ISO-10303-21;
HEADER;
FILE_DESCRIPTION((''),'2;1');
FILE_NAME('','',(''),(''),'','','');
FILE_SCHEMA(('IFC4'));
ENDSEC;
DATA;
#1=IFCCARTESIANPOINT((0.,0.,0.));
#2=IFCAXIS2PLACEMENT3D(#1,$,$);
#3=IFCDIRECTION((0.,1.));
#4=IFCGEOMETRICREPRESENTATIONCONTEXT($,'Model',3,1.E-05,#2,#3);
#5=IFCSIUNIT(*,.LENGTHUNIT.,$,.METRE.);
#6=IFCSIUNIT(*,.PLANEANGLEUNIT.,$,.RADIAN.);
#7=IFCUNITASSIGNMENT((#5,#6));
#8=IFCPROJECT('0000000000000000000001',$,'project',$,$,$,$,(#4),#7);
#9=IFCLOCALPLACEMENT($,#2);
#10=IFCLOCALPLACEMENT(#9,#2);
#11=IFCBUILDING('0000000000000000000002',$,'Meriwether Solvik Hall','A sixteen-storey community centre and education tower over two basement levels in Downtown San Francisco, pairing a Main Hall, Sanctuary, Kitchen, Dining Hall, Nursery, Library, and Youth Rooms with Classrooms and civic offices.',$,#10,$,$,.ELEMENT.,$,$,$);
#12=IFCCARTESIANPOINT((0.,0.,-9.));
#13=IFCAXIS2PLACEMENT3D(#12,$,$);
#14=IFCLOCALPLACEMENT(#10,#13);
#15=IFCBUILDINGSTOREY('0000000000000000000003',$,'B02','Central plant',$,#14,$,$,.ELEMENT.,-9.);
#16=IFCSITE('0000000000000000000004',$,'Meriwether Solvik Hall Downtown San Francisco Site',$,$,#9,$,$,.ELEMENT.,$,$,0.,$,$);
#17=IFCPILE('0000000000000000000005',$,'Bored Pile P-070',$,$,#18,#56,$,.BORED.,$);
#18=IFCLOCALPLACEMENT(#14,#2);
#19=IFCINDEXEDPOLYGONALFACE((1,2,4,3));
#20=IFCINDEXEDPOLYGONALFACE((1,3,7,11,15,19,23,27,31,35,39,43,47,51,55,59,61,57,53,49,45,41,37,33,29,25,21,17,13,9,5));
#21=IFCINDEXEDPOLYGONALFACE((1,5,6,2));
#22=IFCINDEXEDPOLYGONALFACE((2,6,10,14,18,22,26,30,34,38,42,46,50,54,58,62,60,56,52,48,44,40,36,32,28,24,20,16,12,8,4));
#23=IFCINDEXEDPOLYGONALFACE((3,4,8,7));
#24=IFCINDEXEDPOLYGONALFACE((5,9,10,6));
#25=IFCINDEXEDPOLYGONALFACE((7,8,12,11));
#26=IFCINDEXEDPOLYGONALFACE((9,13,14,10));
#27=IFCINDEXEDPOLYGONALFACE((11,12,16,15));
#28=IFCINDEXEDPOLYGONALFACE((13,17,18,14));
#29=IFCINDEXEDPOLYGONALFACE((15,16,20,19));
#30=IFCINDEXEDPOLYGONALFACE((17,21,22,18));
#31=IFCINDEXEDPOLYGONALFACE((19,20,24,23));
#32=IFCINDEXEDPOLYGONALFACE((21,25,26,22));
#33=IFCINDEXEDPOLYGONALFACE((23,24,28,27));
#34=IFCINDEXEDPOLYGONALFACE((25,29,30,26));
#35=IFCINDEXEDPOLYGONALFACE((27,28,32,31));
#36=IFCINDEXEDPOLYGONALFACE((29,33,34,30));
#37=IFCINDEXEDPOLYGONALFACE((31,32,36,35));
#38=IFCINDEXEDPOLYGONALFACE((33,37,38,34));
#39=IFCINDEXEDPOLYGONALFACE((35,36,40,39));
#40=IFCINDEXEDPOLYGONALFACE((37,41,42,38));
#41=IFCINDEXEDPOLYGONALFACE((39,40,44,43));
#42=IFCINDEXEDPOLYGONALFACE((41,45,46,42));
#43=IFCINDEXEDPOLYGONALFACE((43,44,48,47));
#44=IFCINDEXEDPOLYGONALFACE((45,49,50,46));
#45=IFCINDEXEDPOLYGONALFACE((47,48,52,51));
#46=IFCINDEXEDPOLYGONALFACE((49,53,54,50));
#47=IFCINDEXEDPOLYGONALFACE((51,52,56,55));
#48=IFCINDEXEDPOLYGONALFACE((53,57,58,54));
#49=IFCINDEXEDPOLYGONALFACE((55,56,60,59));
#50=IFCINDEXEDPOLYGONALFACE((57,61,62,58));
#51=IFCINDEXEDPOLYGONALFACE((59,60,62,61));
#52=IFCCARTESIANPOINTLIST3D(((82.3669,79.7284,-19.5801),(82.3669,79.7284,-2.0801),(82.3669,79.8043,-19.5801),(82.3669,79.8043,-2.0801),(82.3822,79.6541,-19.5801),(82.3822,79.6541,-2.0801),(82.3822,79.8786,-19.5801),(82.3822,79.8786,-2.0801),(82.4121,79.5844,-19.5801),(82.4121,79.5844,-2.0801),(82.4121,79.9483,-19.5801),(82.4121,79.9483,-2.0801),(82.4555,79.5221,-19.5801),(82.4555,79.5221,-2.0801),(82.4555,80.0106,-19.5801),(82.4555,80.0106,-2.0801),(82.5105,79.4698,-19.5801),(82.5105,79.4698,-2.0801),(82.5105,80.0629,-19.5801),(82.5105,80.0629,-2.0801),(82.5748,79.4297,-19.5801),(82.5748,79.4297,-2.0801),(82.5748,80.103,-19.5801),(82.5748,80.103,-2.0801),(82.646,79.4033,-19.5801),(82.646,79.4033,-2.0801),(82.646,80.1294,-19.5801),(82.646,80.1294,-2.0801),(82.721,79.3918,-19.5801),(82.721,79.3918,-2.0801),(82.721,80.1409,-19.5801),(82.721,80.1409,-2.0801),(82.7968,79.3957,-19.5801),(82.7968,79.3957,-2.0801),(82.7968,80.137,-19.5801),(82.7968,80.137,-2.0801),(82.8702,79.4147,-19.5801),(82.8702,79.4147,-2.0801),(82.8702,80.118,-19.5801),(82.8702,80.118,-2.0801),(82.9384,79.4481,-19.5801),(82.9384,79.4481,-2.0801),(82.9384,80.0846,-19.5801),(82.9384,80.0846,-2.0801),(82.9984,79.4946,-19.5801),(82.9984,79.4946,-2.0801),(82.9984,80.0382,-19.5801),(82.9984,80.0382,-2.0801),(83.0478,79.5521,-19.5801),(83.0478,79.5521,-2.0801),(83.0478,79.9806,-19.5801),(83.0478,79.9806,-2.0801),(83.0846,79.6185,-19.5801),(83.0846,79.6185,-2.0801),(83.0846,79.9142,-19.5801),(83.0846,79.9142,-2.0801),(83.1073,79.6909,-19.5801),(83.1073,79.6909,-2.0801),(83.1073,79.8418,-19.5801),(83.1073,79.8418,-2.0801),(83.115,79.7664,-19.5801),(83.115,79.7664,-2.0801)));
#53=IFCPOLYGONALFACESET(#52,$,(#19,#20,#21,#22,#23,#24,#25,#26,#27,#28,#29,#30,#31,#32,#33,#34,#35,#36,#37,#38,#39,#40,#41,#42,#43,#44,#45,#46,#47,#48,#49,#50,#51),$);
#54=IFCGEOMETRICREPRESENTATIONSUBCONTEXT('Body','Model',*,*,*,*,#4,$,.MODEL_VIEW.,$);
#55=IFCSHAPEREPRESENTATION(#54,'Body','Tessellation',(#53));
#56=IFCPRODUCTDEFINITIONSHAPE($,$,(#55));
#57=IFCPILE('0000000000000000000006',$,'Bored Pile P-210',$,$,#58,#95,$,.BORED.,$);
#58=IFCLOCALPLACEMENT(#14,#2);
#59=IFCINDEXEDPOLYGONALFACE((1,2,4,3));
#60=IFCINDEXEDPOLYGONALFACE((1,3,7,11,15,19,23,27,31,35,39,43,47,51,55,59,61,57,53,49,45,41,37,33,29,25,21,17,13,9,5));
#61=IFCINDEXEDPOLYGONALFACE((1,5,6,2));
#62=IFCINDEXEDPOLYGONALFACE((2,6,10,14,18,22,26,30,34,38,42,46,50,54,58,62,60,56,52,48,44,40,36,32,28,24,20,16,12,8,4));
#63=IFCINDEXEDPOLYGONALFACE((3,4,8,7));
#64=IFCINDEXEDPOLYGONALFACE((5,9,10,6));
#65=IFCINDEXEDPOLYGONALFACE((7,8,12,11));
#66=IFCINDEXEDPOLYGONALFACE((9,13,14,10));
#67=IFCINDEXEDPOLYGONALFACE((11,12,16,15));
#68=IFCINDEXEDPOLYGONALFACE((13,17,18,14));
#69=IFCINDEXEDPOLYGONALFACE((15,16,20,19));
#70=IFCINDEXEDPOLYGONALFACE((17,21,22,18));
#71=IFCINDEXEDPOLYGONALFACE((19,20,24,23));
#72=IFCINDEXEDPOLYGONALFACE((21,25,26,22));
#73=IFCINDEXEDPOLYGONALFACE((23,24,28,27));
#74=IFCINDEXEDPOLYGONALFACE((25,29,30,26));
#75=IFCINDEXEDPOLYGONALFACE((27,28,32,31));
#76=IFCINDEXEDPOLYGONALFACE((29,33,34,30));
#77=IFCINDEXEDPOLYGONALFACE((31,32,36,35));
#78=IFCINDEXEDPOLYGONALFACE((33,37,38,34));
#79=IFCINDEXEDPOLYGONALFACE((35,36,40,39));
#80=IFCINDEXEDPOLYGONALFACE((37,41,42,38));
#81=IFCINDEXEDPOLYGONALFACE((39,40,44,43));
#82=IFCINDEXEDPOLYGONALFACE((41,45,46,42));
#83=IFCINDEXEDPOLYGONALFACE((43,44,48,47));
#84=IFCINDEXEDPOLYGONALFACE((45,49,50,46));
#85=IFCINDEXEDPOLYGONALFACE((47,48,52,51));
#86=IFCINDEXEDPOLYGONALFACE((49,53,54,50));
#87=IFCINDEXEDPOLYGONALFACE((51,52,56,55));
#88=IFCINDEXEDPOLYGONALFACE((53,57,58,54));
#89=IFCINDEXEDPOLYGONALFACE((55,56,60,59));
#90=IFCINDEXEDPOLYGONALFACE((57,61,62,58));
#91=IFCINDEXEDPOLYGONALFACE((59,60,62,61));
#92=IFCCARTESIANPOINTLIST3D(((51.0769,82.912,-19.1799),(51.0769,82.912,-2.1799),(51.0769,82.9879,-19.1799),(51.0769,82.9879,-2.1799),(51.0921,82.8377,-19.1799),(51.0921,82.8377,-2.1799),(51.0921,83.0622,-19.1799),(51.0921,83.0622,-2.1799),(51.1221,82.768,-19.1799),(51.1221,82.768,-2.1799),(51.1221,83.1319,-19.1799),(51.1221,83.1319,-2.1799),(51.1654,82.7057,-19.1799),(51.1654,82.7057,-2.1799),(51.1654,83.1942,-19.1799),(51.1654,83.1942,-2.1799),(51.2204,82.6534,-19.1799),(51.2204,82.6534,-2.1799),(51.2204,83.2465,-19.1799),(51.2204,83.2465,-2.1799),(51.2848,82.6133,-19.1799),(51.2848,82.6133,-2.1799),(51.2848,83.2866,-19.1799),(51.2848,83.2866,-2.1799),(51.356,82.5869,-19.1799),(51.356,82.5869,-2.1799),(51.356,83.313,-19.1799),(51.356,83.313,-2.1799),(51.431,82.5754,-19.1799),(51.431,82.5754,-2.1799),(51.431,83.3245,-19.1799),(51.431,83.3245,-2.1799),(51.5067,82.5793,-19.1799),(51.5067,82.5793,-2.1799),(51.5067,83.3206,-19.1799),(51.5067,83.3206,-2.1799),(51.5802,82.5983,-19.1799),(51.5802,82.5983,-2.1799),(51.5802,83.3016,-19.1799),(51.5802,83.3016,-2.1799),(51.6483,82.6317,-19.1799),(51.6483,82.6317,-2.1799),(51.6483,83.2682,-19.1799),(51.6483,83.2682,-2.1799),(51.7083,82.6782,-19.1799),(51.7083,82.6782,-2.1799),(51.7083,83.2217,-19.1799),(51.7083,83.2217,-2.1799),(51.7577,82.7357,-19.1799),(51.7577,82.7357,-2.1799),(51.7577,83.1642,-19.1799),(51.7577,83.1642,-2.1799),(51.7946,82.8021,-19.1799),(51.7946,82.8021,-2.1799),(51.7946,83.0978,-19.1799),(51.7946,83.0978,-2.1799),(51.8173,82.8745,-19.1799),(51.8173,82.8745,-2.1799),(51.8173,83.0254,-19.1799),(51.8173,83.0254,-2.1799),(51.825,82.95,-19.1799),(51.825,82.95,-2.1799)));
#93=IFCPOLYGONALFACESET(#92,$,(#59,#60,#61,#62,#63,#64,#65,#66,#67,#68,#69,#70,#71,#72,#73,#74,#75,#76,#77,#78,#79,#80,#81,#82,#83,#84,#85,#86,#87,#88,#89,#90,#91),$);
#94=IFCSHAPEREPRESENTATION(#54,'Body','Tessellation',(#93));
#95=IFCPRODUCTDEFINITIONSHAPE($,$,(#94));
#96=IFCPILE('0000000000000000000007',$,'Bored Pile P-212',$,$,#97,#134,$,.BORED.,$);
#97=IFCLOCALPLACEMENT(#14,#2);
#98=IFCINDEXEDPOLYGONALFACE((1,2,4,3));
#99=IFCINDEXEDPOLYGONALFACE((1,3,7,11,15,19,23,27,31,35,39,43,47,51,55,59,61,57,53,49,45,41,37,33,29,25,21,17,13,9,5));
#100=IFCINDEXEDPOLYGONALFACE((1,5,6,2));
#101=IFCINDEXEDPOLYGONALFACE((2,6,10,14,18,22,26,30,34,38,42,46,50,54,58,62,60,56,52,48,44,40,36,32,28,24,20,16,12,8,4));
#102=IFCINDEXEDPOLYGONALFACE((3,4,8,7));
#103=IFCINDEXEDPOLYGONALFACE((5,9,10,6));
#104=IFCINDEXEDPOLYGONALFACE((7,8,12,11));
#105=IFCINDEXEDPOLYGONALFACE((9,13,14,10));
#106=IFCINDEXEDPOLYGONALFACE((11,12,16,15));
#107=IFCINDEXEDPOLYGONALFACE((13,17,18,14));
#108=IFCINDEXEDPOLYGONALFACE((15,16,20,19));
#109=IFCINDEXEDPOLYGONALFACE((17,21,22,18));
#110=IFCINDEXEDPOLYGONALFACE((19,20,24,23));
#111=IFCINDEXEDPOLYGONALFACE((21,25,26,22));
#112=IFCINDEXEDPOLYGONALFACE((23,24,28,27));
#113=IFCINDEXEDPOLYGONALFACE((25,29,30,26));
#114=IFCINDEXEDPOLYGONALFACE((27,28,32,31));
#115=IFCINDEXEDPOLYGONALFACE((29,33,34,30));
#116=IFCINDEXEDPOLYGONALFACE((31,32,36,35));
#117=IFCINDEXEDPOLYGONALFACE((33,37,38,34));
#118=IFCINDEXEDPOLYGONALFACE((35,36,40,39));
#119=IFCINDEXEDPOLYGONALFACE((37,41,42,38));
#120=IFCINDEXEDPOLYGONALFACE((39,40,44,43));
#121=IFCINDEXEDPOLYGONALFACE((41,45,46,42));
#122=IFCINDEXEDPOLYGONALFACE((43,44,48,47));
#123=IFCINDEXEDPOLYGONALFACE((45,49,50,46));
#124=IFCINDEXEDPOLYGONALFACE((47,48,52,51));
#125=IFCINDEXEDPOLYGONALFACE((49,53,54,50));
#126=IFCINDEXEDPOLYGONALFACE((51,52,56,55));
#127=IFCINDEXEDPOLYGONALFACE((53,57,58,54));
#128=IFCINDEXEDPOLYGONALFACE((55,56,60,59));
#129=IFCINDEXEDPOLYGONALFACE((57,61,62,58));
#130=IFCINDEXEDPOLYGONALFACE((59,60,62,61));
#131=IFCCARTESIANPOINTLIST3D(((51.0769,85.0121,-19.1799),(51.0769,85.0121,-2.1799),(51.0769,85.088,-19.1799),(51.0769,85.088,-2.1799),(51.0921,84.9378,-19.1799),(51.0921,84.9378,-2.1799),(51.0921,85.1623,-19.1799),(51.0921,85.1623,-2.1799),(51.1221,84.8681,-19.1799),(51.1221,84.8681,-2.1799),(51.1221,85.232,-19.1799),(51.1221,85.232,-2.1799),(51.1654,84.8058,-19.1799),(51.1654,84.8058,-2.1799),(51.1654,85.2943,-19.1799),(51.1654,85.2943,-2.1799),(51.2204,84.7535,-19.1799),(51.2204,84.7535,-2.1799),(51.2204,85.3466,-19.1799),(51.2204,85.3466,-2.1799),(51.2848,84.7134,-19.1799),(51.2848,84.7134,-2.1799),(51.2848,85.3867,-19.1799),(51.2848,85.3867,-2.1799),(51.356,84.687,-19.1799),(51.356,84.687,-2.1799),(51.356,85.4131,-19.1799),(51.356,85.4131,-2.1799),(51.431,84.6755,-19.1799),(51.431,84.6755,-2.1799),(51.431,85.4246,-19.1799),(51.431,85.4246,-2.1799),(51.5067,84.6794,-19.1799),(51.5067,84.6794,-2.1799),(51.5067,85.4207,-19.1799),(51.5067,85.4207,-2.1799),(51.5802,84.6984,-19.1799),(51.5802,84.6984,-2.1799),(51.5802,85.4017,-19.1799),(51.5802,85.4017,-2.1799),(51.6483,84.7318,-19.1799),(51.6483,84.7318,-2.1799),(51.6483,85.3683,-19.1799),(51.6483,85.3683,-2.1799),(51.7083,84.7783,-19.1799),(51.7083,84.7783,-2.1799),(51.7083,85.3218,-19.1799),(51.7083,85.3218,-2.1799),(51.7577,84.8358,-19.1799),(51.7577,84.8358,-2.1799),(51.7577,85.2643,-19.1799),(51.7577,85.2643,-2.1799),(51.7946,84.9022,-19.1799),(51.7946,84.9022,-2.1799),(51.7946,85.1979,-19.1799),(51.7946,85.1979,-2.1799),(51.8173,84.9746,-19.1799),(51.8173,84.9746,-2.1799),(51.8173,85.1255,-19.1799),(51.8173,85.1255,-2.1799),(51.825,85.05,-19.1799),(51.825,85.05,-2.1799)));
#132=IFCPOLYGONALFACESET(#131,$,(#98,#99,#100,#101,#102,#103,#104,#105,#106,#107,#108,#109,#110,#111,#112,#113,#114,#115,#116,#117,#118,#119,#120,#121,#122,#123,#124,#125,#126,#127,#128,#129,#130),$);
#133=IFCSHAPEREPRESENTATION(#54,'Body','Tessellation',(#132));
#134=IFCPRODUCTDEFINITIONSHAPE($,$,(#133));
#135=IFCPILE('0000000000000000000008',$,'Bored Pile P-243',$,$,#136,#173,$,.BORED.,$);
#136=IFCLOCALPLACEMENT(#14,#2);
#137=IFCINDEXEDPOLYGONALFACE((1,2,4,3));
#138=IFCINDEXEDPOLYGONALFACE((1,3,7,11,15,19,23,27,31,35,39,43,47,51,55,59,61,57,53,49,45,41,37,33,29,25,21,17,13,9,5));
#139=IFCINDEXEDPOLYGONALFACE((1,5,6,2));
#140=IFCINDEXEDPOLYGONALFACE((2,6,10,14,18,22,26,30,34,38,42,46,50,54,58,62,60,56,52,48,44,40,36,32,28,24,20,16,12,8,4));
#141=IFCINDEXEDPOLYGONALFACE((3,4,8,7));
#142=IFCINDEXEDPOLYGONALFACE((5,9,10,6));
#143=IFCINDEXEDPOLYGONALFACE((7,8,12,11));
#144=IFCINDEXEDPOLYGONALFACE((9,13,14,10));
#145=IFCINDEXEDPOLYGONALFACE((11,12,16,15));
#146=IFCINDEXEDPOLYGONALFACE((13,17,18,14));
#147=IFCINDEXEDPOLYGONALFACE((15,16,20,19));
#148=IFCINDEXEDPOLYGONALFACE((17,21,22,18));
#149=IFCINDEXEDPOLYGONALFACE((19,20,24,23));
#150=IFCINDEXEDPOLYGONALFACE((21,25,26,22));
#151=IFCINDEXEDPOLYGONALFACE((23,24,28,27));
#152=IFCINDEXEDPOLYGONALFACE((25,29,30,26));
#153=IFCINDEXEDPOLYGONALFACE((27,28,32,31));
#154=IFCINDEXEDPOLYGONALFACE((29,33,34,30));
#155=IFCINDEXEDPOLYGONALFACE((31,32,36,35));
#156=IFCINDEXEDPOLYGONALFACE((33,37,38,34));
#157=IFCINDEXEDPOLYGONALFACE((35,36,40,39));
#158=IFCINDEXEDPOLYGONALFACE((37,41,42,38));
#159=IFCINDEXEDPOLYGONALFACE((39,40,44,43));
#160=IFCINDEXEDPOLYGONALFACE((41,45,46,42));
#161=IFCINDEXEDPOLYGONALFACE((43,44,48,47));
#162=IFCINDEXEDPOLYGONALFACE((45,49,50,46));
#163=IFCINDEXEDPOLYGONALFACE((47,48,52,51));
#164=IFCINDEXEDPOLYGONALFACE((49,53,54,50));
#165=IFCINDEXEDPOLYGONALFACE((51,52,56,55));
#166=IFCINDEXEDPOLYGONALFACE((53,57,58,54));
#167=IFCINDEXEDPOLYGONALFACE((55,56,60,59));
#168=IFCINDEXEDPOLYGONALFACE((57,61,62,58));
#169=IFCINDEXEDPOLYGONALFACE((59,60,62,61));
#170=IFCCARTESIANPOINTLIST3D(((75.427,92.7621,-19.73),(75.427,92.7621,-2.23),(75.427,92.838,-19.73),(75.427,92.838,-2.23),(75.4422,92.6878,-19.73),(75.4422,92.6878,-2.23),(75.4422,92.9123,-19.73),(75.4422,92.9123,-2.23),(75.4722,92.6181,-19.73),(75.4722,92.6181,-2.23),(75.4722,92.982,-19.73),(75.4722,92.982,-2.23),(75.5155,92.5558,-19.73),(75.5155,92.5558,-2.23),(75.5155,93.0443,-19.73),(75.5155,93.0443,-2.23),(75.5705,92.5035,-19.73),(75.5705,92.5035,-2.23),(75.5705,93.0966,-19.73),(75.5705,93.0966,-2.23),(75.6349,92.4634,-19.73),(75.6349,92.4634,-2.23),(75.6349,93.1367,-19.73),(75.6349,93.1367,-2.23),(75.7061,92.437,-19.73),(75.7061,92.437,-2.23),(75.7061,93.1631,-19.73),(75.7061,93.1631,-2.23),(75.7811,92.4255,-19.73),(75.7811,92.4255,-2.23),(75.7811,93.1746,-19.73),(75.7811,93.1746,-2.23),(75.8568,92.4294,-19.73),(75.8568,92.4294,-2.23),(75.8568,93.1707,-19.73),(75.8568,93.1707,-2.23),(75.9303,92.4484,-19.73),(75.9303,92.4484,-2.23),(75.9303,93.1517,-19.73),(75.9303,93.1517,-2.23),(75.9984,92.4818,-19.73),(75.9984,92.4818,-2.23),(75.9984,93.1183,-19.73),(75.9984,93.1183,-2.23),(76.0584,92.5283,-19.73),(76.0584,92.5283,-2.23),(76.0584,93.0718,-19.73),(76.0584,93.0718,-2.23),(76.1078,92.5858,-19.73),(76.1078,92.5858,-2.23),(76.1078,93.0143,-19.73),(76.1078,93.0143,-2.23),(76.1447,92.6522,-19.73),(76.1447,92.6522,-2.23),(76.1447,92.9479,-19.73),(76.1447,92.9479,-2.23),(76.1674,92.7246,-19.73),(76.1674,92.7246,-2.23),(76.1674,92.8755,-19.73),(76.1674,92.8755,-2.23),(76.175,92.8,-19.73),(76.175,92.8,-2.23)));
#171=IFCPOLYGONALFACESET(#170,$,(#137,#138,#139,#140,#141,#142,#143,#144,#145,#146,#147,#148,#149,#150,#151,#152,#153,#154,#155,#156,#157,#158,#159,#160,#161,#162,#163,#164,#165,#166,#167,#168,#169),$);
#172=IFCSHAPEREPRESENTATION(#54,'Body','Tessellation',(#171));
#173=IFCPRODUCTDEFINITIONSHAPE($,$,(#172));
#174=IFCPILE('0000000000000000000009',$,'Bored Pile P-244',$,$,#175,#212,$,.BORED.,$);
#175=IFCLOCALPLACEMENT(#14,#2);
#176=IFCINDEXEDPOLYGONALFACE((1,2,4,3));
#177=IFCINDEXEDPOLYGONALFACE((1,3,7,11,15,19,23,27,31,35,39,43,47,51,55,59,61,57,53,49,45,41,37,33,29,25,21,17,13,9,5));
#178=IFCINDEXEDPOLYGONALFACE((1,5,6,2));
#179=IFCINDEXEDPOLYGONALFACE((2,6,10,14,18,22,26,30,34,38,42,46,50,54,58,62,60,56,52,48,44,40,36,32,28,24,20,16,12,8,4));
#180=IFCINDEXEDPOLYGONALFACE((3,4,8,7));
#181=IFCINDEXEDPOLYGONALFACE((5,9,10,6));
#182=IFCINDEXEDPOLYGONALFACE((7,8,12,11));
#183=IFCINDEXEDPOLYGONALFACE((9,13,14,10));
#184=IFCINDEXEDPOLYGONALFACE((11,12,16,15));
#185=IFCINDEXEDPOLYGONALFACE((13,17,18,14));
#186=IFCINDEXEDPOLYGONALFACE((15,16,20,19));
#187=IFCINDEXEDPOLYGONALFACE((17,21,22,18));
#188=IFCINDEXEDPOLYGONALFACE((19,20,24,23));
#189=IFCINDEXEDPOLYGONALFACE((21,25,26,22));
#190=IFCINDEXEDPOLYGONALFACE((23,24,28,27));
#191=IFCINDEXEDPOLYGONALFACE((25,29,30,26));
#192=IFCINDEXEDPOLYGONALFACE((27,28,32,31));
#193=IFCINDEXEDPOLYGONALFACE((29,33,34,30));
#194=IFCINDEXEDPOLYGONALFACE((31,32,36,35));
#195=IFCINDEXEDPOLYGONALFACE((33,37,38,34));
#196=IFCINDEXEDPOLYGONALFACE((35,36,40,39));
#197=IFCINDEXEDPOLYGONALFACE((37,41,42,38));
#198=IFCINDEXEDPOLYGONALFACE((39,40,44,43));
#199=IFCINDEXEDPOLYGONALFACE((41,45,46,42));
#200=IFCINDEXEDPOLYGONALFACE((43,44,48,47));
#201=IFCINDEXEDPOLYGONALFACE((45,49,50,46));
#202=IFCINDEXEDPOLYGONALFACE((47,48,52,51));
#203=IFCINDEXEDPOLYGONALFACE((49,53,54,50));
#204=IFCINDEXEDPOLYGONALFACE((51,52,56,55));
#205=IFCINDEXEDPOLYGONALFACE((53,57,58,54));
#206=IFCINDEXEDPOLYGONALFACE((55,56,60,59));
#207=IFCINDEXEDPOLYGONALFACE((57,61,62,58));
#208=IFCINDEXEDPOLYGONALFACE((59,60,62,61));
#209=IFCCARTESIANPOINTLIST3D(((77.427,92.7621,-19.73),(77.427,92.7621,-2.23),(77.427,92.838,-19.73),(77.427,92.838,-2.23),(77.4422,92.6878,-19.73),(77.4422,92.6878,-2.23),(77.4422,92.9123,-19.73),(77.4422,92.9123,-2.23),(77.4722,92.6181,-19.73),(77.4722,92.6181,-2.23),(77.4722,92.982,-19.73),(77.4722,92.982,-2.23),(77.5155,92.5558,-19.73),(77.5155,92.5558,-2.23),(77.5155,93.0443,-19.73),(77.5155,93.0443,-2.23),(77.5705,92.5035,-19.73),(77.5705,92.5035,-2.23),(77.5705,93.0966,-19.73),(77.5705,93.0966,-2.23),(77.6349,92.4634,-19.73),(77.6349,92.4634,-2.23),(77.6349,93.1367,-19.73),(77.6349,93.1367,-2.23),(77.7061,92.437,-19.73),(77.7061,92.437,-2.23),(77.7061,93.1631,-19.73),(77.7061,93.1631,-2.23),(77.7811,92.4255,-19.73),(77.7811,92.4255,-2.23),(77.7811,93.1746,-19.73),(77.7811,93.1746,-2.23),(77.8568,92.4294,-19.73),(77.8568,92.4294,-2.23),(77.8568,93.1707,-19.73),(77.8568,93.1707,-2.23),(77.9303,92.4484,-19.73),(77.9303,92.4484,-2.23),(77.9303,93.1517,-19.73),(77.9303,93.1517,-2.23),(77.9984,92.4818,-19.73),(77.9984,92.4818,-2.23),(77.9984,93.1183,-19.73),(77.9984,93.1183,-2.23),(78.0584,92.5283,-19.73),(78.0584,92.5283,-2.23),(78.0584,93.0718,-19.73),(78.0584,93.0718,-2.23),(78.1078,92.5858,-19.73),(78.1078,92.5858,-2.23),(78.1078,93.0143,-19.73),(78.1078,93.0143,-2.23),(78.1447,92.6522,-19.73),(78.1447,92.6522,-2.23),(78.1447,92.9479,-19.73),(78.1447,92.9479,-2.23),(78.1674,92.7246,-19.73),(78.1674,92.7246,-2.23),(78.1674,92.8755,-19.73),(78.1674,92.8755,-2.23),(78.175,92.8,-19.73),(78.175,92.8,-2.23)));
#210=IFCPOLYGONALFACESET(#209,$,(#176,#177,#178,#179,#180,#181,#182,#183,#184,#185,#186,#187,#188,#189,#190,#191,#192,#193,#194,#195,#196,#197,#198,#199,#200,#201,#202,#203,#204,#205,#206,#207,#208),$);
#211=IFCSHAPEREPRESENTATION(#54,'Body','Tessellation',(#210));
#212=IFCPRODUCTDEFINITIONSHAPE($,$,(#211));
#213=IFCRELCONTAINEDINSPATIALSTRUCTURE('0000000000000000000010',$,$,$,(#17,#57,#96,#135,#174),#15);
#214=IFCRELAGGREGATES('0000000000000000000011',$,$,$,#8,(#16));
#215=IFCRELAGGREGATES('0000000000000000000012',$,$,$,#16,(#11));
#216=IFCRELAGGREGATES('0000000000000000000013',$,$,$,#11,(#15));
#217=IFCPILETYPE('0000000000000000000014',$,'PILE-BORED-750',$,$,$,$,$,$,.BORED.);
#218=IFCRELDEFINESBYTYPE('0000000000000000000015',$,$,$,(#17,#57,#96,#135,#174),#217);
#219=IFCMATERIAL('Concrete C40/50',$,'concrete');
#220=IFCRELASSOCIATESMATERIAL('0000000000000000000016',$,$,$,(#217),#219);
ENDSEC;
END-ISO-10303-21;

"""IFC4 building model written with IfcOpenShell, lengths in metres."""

from ifc_helpers import new_model, si_unit, direction, frame, origin, origin_2d, place, context, subcontext, project, spatial, circle, extrude, material, material_profile, profile_set, type_object, element, save


model = new_model("IFC4")

# Units and contexts
model_context = context("Model", 3, precision=1e-05, world=origin(), true_north=direction((0.0, 1.0)))
body_context = subcontext(model_context, "Body", "Model", "MODEL_VIEW")
ifc_project = project(units=[si_unit("LENGTHUNIT", "METRE"), si_unit("PLANEANGLEUNIT", "RADIAN")], contexts=[model_context])

# Site, building, storey
site_placement = place(None, origin())
site = spatial("IfcSite", under=ifc_project, at=site_placement, Name="Meriwether Solvik Hall Downtown San Francisco Site", CompositionType="ELEMENT", RefElevation=0.0)
building_placement = place(site_placement, origin())
building = spatial("IfcBuilding", under=site, at=building_placement, Name="Meriwether Solvik Hall", Description="A sixteen-storey community centre and education tower over two basement levels in Downtown San Francisco, pairing a Main Hall, Sanctuary, Kitchen, Dining Hall, Nursery, Library, and Youth Rooms with Classrooms and civic offices.", CompositionType="ELEMENT")
storey_placement = place(building_placement, frame((0.0, 0.0, -9.0)))
storey = spatial("IfcBuildingStorey", under=building, at=storey_placement, Name="B02", Description="Central plant", CompositionType="ELEMENT", Elevation=-9.0)

# Piles
ifc_material_1 = material(Name="Concrete C40/50", Category="concrete")
ifc_material_profile_1 = material_profile(ifc_material_1, circle(Radius=0.375, at=origin_2d()), Name="PILE-D750")
ifc_profile_set_1 = profile_set([ifc_material_profile_1], Name="Concrete C40/50")
pile_type_1 = type_object("IfcPileType", Name="PILE-BORED-750", PredefinedType="BORED", material=ifc_profile_set_1)
for number, where, z_axis, x_axis, name in (
    (1, (82.74, 79.7664, -2.0801), (0.0, 0.0, -1.0), (1.0, 0.0, 0.0), "Bored Pile P-070"),
):
    element("IfcPile", number, at=place(storey_placement, frame(where, z_axis=z_axis, x_axis=x_axis)), inside=storey, type_object=pile_type_1, Name=name, PredefinedType="BORED", context=body_context, shape_type="SweptSolid", body=[
        extrude(circle(Radius=0.375, at=origin_2d()), origin(), (0.0, 0.0, 1.0), 17.5),
    ])
for number, where, z_axis, x_axis, name in (
    (2, (51.45, 82.95, -2.1799), (0.0, 0.0, -1.0), (1.0, 0.0, 0.0), "Bored Pile P-210"),
    (3, (51.45, 85.05, -2.1799), (0.0, 0.0, -1.0), (1.0, 0.0, 0.0), "Bored Pile P-212"),
):
    element("IfcPile", number, at=place(storey_placement, frame(where, z_axis=z_axis, x_axis=x_axis)), inside=storey, type_object=pile_type_1, Name=name, PredefinedType="BORED", context=body_context, shape_type="SweptSolid", body=[
        extrude(circle(Radius=0.375, at=origin_2d()), origin(), (0.0, 0.0, 1.0), 17.0),
    ])
for number, where, z_axis, x_axis, name in (
    (4, (75.8, 92.8, -2.23), (0.0, 0.0, -1.0), (1.0, 0.0, 0.0), "Bored Pile P-243"),
    (5, (77.8, 92.8, -2.23), (0.0, 0.0, -1.0), (1.0, 0.0, 0.0), "Bored Pile P-244"),
):
    element("IfcPile", number, at=place(storey_placement, frame(where, z_axis=z_axis, x_axis=x_axis)), inside=storey, type_object=pile_type_1, Name=name, PredefinedType="BORED", context=body_context, shape_type="SweptSolid", body=[
        extrude(circle(Radius=0.375, at=origin_2d()), origin(), (0.0, 0.0, 1.0), 17.5),
    ])

save(model, "model.ifc")
